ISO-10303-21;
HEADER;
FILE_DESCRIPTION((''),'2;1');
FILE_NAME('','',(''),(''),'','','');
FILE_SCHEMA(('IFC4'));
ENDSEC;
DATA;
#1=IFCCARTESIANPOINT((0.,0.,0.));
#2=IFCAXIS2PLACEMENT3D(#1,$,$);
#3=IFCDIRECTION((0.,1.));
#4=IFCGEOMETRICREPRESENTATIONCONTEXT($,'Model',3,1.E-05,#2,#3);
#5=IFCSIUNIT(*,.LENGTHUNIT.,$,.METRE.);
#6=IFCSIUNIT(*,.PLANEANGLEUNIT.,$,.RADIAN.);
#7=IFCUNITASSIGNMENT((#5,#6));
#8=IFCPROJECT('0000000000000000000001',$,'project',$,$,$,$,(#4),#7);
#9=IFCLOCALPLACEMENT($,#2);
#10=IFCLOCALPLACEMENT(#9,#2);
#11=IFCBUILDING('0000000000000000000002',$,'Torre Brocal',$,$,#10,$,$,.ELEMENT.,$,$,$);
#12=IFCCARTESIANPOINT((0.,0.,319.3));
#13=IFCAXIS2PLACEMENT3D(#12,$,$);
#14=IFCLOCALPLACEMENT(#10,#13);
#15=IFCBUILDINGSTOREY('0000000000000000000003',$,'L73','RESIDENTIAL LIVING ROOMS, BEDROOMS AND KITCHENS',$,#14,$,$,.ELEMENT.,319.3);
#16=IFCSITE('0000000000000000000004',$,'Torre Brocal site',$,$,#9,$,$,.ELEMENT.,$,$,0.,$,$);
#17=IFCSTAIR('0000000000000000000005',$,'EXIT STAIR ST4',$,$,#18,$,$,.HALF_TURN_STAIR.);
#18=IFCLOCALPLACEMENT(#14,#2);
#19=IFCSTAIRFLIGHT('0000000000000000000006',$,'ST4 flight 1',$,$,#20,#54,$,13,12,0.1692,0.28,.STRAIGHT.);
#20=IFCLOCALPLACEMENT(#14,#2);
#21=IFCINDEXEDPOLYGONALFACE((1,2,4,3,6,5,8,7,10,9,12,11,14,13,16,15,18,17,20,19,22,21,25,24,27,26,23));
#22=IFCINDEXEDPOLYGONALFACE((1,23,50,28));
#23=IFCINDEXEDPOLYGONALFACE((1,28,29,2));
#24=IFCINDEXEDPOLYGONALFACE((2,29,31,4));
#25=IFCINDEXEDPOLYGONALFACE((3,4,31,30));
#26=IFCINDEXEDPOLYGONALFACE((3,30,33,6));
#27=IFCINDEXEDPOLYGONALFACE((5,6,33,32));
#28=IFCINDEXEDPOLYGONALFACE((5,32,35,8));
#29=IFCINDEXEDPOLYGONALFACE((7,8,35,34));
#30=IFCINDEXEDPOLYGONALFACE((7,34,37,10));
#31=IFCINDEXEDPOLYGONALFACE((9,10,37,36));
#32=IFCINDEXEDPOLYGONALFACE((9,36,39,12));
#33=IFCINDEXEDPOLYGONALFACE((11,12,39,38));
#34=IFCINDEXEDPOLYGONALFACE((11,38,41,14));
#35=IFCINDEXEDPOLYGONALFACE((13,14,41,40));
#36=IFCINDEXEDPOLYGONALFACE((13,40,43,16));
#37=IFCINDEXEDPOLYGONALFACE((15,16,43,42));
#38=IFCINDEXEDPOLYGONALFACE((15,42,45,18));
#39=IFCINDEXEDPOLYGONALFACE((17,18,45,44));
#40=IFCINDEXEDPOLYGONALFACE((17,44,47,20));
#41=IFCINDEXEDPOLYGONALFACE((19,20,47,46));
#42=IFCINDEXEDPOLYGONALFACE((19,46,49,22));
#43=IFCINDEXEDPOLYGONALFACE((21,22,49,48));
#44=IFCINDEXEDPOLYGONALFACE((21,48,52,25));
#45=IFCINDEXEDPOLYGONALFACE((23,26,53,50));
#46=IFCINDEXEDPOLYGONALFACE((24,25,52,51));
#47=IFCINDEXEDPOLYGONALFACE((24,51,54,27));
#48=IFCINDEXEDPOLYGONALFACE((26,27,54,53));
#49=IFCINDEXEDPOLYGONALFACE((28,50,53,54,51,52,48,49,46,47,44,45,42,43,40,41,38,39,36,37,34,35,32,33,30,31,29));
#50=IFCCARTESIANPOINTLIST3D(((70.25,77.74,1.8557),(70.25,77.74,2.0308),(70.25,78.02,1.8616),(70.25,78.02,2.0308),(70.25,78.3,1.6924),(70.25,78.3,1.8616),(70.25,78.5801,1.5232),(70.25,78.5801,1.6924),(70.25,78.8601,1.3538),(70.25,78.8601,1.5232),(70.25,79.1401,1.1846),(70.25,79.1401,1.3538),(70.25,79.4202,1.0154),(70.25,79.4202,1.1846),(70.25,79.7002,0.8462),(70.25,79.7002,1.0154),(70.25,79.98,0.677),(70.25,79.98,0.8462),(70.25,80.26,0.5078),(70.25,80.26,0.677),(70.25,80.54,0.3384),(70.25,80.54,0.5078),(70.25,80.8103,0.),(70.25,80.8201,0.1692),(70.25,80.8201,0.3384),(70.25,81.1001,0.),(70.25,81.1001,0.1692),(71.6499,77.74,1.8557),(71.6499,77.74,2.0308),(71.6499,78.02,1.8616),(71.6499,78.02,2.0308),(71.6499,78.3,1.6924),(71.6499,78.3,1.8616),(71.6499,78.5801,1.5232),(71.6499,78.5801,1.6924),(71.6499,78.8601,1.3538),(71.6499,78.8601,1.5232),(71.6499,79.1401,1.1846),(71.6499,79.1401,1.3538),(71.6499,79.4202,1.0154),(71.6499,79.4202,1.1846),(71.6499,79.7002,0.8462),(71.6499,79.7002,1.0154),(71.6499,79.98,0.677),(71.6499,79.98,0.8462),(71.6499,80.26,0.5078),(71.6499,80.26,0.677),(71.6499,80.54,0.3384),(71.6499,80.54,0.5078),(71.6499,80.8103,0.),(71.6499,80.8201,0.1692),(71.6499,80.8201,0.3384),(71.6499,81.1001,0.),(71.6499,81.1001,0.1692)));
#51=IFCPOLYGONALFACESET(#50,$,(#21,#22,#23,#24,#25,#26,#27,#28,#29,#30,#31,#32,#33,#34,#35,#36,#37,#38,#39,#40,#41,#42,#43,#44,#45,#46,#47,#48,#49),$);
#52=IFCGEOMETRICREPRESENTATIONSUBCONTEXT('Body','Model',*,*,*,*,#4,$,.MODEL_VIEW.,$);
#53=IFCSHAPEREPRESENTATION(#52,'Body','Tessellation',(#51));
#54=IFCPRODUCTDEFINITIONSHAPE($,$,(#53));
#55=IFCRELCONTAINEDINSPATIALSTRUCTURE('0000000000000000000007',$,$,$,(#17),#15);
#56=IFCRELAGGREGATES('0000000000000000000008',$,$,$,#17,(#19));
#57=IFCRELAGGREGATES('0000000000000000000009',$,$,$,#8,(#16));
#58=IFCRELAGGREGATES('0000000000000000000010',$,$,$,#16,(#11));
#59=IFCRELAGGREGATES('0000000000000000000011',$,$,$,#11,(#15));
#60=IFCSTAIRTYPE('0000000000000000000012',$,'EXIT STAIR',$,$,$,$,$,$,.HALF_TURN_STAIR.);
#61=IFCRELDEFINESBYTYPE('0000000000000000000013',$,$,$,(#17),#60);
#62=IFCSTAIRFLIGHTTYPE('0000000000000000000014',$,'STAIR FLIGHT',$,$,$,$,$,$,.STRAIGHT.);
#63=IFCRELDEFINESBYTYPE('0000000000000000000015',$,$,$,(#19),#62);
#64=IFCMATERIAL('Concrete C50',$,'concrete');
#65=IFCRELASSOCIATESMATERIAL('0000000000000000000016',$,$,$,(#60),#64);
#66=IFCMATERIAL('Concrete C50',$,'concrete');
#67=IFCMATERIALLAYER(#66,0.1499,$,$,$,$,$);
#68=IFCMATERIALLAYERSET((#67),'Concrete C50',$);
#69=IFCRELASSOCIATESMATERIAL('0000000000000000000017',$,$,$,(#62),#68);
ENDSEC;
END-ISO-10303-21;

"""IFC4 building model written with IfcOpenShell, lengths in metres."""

from ifc_helpers import new_model, si_unit, direction, frame, origin, place, context, subcontext, project, spatial, polyline, outline, extrude, material, layer, layer_set, type_object, element, aggregate, save


model = new_model("IFC4")

# Units and contexts
model_context = context("Model", 3, precision=1e-05, world=origin(), true_north=direction((0.0, 1.0)))
body_context = subcontext(model_context, "Body", "Model", "MODEL_VIEW")
ifc_project = project(units=[si_unit("LENGTHUNIT", "METRE"), si_unit("PLANEANGLEUNIT", "RADIAN")], contexts=[model_context])

# Site, building, storey
site_placement = place(None, origin())
site = spatial("IfcSite", under=ifc_project, at=site_placement, Name="Torre Brocal site", CompositionType="ELEMENT", RefElevation=0.0)
building_placement = place(site_placement, origin())
building = spatial("IfcBuilding", under=site, at=building_placement, Name="Torre Brocal", CompositionType="ELEMENT")
storey_placement = place(building_placement, frame((0.0, 0.0, 319.3)))
storey = spatial("IfcBuildingStorey", under=building, at=storey_placement, Name="L73", Description="RESIDENTIAL LIVING ROOMS, BEDROOMS AND KITCHENS", CompositionType="ELEMENT", Elevation=319.3)

# Stair, stair flight
ifc_material_1 = material(Name="Concrete C50", Category="concrete")
stair_type = type_object("IfcStairType", Name="EXIT STAIR", PredefinedType="HALF_TURN_STAIR", material=ifc_material_1)
stair_placement = place(storey_placement, origin())
stair = element("IfcStair", 1, at=stair_placement, inside=storey, type_object=stair_type, Name="EXIT STAIR ST4", PredefinedType="HALF_TURN_STAIR")
ifc_material_2 = material(Name="Concrete C50", Category="concrete")
ifc_layer_1 = layer(ifc_material_2, 0.1499)
ifc_layer_set_1 = layer_set([ifc_layer_1], Name="Concrete C50")
stair_flight_type = type_object("IfcStairFlightType", Name="STAIR FLIGHT", PredefinedType="STRAIGHT", material=ifc_layer_set_1)
stair_flight_placement = place(storey_placement, frame((70.95, 81.1001, 0.0), z_axis=(0.0, 0.0, 1.0), x_axis=(0.0, -1.0, 0.0)))
stair_flight = element("IfcStairFlight", 2, at=stair_flight_placement, type_object=stair_flight_type, Name="ST4 flight 1", NumberOfRisers=13, NumberOfTreads=12, PredefinedType="STRAIGHT", RiserHeight=0.1692, TreadLength=0.28, context=body_context, shape_type="SweptSolid", body=[
    extrude(outline(polyline([(0.0, 0.0), (0.0, 0.1692), (0.28, 0.1692), (0.28, 0.3384), (0.5601, 0.3384), (0.5601, 0.5078), (0.8401, 0.5078), (0.8401, 0.677), (1.1201, 0.677), (1.1201, 0.8462), (1.3999, 0.8462), (1.3999, 1.0154), (1.6799, 1.0154), (1.6799, 1.1846), (1.96, 1.1846), (1.96, 1.3538), (2.24, 1.3538), (2.24, 1.5232), (2.52, 1.5232), (2.52, 1.6924), (2.8, 1.6924), (2.8, 1.8616), (3.0801, 1.8616), (3.0801, 2.0308), (3.3601, 2.0308), (3.3601, 2.2), (3.3601, 1.8557), (0.2898, 0.0), (0.0, 0.0)])), frame((0.0, 0.7, 0.0), z_axis=(0.0, -1.0, 0.0), x_axis=(1.0, 0.0, 0.0)), (0.0, 0.0, 1.0), 1.3999),
])
aggregate(stair, [stair_flight])

save(model, "model.ifc")
